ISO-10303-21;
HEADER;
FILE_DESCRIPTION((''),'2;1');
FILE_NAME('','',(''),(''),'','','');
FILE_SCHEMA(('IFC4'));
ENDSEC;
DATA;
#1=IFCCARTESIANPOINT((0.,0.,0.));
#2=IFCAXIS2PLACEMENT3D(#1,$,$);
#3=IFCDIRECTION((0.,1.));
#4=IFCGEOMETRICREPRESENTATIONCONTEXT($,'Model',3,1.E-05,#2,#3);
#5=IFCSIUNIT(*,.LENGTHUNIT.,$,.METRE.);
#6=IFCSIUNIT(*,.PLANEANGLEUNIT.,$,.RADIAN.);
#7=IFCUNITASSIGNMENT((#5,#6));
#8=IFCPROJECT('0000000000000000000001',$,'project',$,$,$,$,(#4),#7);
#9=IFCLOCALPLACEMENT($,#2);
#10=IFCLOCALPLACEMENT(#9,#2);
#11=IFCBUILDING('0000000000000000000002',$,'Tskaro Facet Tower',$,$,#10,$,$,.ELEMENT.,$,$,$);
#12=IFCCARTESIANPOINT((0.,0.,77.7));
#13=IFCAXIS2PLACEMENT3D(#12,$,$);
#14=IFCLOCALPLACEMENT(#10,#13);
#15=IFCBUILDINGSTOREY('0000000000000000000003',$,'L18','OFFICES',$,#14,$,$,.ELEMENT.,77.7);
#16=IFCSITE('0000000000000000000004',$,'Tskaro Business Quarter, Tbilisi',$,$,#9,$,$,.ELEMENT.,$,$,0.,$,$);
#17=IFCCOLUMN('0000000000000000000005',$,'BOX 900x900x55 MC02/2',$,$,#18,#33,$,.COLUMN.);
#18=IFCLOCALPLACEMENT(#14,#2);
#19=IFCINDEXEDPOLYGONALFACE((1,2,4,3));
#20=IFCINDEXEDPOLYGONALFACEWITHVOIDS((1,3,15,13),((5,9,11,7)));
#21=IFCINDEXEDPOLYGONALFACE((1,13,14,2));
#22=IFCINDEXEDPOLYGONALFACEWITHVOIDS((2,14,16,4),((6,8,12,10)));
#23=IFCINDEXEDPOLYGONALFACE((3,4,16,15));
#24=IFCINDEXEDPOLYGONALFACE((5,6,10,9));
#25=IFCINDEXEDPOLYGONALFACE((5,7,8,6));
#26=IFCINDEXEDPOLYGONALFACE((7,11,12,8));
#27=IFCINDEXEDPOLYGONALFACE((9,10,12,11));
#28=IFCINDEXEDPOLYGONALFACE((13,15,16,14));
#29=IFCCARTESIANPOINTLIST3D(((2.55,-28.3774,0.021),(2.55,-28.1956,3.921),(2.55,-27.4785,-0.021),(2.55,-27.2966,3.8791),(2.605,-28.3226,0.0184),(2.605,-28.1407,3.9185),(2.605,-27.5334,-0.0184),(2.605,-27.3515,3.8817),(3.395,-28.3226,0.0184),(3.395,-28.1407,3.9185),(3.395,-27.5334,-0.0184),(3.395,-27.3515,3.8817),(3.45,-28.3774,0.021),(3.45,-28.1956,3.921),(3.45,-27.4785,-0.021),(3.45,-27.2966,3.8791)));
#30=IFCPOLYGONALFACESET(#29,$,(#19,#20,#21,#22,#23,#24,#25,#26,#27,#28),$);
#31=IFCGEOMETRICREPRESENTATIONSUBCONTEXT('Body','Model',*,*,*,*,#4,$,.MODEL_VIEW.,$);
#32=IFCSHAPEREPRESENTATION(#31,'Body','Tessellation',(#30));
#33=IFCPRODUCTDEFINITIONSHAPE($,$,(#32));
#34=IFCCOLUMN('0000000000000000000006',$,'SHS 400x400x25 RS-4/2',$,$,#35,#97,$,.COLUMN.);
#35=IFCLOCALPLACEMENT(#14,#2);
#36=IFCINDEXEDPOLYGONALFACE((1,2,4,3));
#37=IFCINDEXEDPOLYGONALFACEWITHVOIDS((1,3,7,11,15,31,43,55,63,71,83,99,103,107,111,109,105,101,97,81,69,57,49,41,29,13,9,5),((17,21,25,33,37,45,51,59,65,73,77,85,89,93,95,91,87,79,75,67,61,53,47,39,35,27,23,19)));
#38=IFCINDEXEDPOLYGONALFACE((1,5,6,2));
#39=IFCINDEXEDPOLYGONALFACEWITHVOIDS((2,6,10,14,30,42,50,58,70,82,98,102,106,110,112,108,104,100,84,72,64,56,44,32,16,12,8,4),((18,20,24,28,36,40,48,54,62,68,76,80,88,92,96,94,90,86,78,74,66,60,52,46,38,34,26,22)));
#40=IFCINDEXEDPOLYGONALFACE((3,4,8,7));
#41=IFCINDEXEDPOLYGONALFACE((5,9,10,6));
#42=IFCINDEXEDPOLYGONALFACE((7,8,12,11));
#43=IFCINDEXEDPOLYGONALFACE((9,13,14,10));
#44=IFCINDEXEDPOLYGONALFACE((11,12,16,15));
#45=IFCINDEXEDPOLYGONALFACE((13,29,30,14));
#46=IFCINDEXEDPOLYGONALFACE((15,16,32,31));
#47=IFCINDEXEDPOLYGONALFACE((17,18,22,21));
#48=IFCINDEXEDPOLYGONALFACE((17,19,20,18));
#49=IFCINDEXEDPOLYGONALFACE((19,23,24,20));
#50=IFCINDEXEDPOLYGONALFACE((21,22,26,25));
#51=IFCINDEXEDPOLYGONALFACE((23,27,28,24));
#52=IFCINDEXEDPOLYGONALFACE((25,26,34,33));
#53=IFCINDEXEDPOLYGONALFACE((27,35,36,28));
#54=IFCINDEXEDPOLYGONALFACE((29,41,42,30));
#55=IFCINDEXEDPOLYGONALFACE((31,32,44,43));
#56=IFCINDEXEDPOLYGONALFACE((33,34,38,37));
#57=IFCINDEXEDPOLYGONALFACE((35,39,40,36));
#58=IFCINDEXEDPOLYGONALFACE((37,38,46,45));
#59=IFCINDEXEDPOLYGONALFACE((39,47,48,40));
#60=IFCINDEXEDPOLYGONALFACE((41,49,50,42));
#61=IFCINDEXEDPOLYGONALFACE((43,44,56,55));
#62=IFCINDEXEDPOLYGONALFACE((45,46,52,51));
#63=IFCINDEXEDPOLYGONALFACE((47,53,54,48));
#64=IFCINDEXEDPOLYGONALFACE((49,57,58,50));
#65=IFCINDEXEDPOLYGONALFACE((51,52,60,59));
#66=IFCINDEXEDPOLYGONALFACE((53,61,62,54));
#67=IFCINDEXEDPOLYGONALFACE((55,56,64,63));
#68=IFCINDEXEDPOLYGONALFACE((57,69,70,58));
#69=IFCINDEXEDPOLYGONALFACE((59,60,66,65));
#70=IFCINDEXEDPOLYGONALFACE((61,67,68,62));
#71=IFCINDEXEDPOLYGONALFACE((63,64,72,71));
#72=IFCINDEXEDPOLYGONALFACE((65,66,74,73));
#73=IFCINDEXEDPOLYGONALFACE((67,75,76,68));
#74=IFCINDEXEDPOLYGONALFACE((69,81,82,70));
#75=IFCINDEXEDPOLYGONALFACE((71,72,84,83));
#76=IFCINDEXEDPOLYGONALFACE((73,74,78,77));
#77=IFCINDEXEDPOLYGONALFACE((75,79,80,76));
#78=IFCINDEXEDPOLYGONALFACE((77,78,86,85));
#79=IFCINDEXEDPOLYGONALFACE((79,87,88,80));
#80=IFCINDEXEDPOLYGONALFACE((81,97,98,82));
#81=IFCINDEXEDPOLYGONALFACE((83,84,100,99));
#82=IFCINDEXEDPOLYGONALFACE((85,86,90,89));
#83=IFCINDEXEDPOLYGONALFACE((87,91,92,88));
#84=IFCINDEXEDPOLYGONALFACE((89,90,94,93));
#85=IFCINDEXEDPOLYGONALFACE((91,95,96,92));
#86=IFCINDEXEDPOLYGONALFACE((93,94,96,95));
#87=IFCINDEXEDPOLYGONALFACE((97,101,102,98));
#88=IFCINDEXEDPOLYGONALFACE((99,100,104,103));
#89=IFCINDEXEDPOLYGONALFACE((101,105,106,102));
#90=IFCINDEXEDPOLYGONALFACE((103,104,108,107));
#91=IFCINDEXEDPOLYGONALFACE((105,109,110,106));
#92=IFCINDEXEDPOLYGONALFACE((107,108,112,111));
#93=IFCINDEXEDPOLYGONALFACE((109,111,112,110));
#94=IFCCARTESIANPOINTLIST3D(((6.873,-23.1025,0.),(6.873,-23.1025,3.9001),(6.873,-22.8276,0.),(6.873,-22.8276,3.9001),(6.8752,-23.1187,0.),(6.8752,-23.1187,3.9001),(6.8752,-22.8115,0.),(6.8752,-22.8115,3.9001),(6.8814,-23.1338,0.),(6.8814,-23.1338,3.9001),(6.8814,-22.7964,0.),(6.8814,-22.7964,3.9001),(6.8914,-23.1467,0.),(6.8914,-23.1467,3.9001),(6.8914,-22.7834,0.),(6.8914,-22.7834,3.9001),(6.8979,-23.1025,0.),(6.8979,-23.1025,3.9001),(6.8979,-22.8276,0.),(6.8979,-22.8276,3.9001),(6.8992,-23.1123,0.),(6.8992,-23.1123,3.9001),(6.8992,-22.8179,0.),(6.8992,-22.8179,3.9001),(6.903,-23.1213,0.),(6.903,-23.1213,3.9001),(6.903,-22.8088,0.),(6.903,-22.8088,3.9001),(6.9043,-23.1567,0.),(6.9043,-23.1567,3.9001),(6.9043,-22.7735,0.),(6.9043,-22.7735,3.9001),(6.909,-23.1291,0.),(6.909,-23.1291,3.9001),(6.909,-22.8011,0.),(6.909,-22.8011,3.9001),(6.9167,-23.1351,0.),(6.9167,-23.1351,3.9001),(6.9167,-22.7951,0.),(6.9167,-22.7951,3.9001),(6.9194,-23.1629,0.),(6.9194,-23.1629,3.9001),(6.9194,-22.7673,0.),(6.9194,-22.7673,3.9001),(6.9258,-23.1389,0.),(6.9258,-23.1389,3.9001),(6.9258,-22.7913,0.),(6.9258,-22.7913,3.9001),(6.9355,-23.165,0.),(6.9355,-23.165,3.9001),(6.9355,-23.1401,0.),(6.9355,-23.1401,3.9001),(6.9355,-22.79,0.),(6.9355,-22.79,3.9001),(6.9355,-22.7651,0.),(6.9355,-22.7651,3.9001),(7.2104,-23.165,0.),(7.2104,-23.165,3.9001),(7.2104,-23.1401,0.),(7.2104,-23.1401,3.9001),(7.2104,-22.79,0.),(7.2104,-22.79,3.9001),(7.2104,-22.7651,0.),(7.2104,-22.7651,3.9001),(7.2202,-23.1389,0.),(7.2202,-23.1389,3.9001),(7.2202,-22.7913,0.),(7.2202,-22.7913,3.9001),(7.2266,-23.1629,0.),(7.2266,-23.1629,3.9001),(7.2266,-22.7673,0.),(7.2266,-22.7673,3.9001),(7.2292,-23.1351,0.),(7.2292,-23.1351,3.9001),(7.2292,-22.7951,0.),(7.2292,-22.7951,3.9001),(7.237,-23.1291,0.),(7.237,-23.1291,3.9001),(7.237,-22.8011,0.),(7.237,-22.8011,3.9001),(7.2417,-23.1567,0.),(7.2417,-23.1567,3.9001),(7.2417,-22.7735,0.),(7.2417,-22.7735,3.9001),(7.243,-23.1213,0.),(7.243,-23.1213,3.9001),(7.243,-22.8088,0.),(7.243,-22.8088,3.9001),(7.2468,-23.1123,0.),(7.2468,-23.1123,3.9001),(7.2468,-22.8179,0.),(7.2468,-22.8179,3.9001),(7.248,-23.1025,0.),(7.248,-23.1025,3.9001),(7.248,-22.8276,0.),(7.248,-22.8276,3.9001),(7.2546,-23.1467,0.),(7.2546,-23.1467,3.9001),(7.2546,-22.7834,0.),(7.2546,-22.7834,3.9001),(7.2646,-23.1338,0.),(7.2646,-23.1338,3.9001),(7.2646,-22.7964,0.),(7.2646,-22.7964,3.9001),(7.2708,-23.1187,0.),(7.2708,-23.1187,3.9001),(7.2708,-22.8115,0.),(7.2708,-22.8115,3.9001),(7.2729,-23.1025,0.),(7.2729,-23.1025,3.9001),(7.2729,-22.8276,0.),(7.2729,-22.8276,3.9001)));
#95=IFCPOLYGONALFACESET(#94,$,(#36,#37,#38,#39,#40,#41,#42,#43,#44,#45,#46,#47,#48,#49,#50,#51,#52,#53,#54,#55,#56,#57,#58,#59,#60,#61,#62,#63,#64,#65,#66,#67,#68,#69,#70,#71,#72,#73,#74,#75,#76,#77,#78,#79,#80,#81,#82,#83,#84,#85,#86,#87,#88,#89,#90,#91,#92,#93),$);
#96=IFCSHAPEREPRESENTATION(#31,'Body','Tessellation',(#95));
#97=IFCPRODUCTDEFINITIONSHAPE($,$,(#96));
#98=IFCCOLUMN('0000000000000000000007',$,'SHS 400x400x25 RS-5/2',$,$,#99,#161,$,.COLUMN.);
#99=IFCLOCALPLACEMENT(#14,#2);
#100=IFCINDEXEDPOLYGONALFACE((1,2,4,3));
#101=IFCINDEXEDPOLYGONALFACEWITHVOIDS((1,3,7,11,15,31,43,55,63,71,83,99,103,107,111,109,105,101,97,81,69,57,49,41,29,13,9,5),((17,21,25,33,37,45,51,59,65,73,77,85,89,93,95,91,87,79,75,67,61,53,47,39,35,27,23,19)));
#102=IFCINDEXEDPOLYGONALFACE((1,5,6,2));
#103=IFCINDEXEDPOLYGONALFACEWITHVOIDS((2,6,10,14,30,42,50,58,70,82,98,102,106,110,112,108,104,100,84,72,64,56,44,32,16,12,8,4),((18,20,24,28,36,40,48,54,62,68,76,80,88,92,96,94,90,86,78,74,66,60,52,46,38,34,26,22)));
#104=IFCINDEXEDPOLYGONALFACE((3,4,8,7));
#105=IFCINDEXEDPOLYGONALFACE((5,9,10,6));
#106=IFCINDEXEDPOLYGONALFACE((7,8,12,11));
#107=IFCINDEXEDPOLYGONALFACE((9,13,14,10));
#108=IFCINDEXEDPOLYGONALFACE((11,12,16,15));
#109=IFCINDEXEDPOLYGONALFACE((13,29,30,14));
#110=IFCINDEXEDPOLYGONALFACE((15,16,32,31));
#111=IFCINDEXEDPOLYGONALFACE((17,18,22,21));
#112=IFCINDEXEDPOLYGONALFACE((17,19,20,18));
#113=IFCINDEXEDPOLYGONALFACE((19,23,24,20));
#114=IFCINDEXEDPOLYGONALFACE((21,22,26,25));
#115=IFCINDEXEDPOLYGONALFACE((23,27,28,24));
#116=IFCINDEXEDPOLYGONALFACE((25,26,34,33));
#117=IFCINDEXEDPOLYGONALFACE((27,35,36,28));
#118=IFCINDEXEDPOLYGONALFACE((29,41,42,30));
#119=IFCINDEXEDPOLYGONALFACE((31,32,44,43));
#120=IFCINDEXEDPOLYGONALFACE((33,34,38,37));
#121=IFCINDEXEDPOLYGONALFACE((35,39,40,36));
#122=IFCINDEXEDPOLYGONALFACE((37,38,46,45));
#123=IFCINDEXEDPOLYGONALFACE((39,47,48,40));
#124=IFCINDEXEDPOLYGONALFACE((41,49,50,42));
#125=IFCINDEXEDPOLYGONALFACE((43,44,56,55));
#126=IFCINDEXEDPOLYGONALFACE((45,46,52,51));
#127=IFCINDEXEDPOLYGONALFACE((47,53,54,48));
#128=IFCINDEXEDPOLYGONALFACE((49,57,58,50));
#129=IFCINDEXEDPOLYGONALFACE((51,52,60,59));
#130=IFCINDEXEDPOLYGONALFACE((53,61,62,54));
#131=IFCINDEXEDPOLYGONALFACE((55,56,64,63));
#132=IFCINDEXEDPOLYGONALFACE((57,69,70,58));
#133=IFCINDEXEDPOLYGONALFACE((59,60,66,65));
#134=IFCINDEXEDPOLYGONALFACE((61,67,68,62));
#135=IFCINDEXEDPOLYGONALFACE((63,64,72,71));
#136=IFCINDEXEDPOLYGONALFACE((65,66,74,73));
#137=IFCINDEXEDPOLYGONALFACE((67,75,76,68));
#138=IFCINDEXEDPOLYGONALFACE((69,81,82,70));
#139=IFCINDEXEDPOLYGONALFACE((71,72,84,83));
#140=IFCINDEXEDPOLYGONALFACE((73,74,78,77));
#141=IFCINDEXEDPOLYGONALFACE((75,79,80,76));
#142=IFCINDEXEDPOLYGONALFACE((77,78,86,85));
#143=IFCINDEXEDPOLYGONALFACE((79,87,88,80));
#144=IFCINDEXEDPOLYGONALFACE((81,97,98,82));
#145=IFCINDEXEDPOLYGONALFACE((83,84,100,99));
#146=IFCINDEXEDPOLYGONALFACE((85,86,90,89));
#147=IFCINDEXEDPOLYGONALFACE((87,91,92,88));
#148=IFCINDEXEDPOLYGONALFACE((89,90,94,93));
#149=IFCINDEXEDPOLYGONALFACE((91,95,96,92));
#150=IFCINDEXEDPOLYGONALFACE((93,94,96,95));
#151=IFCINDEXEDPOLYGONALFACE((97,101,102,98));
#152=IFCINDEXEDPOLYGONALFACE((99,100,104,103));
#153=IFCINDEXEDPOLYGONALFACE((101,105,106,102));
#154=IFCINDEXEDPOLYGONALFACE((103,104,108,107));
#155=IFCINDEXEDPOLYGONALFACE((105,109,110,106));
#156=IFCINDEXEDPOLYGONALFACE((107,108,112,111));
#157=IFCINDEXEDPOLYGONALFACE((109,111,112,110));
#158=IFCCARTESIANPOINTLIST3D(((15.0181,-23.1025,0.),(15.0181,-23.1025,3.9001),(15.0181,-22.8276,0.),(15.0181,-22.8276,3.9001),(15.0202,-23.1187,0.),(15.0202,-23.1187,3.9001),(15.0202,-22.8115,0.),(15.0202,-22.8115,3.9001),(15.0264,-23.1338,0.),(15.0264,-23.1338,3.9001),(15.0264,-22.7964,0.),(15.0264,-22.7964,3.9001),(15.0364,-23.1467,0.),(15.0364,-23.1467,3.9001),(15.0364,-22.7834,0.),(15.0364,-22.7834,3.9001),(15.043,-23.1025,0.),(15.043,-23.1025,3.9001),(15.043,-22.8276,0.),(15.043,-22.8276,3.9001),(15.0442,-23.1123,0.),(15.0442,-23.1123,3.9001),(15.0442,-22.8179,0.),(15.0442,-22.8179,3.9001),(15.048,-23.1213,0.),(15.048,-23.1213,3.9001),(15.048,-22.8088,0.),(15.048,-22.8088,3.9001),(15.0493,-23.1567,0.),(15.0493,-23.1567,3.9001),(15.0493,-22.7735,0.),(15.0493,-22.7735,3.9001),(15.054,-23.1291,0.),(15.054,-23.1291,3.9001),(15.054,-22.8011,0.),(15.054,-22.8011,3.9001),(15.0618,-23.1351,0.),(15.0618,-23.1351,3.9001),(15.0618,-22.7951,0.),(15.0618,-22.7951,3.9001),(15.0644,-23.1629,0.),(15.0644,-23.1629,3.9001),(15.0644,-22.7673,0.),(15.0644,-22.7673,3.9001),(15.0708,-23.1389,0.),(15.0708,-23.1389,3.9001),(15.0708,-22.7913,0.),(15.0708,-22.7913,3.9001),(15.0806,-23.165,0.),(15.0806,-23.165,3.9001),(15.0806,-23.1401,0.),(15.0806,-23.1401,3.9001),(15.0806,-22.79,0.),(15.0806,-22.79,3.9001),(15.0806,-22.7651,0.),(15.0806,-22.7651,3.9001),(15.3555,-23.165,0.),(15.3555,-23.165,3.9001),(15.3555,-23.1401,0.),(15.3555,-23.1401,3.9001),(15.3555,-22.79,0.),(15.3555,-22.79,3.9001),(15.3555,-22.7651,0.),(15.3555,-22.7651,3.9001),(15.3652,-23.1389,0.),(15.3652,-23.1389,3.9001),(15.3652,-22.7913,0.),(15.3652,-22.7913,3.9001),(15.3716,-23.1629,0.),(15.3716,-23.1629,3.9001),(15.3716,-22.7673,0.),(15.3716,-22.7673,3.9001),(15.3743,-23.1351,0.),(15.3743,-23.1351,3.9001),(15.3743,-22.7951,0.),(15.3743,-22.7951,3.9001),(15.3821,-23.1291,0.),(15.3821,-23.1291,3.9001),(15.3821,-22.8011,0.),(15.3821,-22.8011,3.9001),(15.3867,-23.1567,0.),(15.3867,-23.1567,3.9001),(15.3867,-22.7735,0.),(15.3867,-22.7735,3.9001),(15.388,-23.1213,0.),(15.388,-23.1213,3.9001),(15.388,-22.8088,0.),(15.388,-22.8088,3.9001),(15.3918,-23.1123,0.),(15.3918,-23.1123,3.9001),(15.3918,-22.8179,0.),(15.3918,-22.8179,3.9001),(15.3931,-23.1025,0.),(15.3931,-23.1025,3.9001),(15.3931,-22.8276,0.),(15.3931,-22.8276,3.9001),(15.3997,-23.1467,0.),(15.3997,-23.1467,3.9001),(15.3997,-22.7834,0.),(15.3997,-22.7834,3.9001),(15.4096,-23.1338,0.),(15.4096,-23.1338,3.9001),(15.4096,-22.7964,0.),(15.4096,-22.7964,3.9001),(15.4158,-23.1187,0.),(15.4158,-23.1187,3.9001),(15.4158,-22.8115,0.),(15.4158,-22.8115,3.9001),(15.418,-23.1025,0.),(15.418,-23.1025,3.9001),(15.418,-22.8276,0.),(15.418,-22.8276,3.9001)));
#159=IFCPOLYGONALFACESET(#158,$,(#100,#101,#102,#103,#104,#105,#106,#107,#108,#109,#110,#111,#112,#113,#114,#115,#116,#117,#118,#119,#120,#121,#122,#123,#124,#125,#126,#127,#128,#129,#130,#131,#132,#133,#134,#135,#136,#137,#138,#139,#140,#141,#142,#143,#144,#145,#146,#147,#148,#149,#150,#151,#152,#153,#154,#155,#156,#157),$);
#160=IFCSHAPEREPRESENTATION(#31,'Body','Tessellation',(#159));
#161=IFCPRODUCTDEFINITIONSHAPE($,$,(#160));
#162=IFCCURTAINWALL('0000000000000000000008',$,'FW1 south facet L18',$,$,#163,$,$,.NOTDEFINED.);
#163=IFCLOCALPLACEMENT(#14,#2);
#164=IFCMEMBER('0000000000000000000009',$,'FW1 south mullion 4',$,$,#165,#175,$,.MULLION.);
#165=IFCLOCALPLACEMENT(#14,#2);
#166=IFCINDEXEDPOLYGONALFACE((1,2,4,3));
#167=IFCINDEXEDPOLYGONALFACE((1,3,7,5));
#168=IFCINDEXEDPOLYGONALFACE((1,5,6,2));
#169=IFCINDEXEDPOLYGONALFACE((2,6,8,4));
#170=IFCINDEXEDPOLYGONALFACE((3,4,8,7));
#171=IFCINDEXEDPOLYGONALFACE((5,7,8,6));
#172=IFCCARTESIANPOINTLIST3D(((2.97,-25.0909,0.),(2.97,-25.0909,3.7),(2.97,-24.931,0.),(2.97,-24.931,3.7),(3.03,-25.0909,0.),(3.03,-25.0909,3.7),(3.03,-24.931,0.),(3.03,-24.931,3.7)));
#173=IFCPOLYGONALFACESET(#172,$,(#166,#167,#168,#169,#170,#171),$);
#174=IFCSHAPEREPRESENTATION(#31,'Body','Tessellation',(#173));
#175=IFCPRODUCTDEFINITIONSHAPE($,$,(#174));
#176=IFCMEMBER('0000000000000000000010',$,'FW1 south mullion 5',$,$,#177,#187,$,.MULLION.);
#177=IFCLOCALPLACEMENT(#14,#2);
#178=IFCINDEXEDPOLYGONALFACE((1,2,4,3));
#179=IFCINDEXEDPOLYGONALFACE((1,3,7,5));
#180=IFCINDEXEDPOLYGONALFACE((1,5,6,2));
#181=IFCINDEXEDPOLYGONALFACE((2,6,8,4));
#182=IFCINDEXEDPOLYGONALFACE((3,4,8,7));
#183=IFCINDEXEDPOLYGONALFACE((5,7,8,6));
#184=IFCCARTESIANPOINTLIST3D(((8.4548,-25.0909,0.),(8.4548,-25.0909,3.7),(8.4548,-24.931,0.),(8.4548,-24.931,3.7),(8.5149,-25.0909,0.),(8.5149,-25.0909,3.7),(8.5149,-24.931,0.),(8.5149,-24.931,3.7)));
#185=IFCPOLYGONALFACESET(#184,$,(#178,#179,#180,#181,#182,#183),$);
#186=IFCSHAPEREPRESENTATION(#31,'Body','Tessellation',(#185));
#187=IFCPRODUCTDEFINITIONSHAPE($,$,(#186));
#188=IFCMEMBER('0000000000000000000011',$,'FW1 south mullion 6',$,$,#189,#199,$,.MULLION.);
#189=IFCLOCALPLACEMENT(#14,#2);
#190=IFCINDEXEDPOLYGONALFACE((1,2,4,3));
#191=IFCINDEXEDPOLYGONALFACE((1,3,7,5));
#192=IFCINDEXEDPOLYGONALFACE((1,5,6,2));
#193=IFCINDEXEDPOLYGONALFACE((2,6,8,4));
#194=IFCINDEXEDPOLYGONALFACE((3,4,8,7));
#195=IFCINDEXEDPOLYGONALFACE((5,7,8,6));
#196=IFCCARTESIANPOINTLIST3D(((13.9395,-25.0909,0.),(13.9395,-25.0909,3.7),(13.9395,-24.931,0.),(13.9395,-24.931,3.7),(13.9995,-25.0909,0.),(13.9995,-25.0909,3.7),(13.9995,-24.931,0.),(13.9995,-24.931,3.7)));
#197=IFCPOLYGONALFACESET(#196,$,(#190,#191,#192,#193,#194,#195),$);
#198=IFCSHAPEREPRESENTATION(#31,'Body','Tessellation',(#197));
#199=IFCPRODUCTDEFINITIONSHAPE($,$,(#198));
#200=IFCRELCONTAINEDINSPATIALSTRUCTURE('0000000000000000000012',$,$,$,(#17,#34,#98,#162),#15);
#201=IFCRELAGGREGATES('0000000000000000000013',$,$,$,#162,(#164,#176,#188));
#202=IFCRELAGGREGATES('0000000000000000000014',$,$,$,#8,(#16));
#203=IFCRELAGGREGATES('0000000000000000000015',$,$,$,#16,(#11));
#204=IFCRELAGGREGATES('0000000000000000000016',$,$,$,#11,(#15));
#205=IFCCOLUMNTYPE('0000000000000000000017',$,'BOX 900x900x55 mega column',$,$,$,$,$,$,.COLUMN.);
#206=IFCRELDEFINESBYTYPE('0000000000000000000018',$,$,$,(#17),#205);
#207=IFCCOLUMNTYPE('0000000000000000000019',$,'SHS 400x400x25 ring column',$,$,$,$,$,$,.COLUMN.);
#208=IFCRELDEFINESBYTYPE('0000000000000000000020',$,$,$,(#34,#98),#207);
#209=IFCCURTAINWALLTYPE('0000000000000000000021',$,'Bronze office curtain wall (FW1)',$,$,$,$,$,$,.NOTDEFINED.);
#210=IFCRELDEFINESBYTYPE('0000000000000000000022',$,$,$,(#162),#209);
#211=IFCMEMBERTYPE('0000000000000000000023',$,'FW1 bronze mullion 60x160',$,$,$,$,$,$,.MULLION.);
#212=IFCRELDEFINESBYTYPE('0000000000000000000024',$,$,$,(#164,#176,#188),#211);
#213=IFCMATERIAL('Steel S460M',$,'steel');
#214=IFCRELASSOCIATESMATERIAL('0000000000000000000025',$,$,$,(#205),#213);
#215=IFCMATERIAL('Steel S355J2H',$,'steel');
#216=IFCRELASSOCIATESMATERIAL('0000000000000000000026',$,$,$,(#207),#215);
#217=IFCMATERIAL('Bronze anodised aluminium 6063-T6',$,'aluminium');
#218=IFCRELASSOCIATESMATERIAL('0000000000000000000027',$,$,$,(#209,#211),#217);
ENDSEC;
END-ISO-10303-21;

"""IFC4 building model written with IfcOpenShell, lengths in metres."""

from ifc_helpers import new_model, si_unit, direction, frame, origin, origin_2d, place, context, subcontext, project, spatial, rectangle, hollow_rectangle, extrude, material, material_profile, profile_set, type_object, element, aggregate, save


model = new_model("IFC4")

# Units and contexts
model_context = context("Model", 3, precision=1e-05, world=origin(), true_north=direction((0.0, 1.0)))
body_context = subcontext(model_context, "Body", "Model", "MODEL_VIEW")
ifc_project = project(units=[si_unit("LENGTHUNIT", "METRE"), si_unit("PLANEANGLEUNIT", "RADIAN")], contexts=[model_context])

# Site, building, storey
site_placement = place(None, origin())
site = spatial("IfcSite", under=ifc_project, at=site_placement, Name="Tskaro Business Quarter, Tbilisi", CompositionType="ELEMENT", RefElevation=0.0)
building_placement = place(site_placement, origin())
building = spatial("IfcBuilding", under=site, at=building_placement, Name="Tskaro Facet Tower", CompositionType="ELEMENT")
storey_placement = place(building_placement, frame((0.0, 0.0, 77.7)))
storey = spatial("IfcBuildingStorey", under=building, at=storey_placement, Name="L18", Description="OFFICES", CompositionType="ELEMENT", Elevation=77.7)

# Columns
ifc_material_1 = material(Name="Steel S460M", Category="steel")
ifc_material_profile_1 = material_profile(ifc_material_1, hollow_rectangle(XDim=0.8999, YDim=0.8999, WallThickness=0.0549, at=origin_2d()), Name="BOX 900x900x55")
ifc_profile_set_1 = profile_set([ifc_material_profile_1], Name="Steel S460M")
column_type_1 = type_object("IfcColumnType", Name="BOX 900x900x55 mega column", PredefinedType="COLUMN", material=ifc_profile_set_1)
column_placement = place(storey_placement, frame((3.0, -27.928, 0.0), z_axis=(0.0, 0.046585, 0.998914), x_axis=(-1.0, 0.0, 0.0)))
element("IfcColumn", 1, at=column_placement, inside=storey, type_object=column_type_1, Name="BOX 900x900x55 MC02/2", PredefinedType="COLUMN", context=body_context, shape_type="SweptSolid", body=[
    extrude(hollow_rectangle(XDim=0.8999, YDim=0.8999, WallThickness=0.0549, at=origin_2d()), origin(), (0.0, 0.0, 1.0), 3.9043),
])
ifc_material_2 = material(Name="Steel S355J2H", Category="steel")
ifc_material_profile_2 = material_profile(ifc_material_2, hollow_rectangle(XDim=0.3999, YDim=0.3999, WallThickness=0.0249, InnerFilletRadius=0.0376, OuterFilletRadius=0.0625, at=origin_2d()), Name="SHS 400x400x25")
ifc_profile_set_2 = profile_set([ifc_material_profile_2], Name="Steel S355J2H")
column_type_2 = type_object("IfcColumnType", Name="SHS 400x400x25 ring column", PredefinedType="COLUMN", material=ifc_profile_set_2)
for number, where, z_axis, x_axis, name in (
    (2, (7.073, -22.9651, 0.0), (0.0, 0.0, 1.0), (1.0, 0.0, 0.0), "SHS 400x400x25 RS-4/2"),
    (3, (15.218, -22.9651, 0.0), (0.0, 0.0, 1.0), (1.0, 0.0, 0.0), "SHS 400x400x25 RS-5/2"),
):
    element("IfcColumn", number, at=place(storey_placement, frame(where, z_axis=z_axis, x_axis=x_axis)), inside=storey, type_object=column_type_2, Name=name, PredefinedType="COLUMN", context=body_context, shape_type="SweptSolid", body=[
        extrude(hollow_rectangle(XDim=0.3999, YDim=0.3999, WallThickness=0.0249, InnerFilletRadius=0.0376, OuterFilletRadius=0.0625, at=origin_2d()), origin(), (0.0, 0.0, 1.0), 3.9001),
    ])

# Curtain wall, members
ifc_material_3 = material(Name="Bronze anodised aluminium 6063-T6", Category="aluminium")
curtain_wall_type = type_object("IfcCurtainWallType", Name="Bronze office curtain wall (FW1)", PredefinedType="NOTDEFINED", material=ifc_material_3)
curtain_wall_placement = place(storey_placement, origin())
curtain_wall = element("IfcCurtainWall", 4, at=curtain_wall_placement, inside=storey, type_object=curtain_wall_type, Name="FW1 south facet L18", PredefinedType="NOTDEFINED")
ifc_material_profile_3 = material_profile(ifc_material_3, rectangle(XDim=0.0601, YDim=0.1599, at=origin_2d()), Name="Mullion 60x160")
ifc_profile_set_3 = profile_set([ifc_material_profile_3], Name="Bronze anodised aluminium 6063-T6")
member_type_1 = type_object("IfcMemberType", Name="FW1 bronze mullion 60x160", PredefinedType="MULLION", material=ifc_profile_set_3)
member_1_placement = place(storey_placement, frame((3.0, -25.011, 0.0), z_axis=(0.0, 0.0, 1.0), x_axis=(1.0, 0.0, 0.0)))
member_1 = element("IfcMember", 5, at=member_1_placement, type_object=member_type_1, Name="FW1 south mullion 4", PredefinedType="MULLION", context=body_context, shape_type="SweptSolid", body=[
    extrude(rectangle(XDim=0.0601, YDim=0.1599, at=origin_2d()), origin(), (0.0, 0.0, 1.0), 3.7),
])
member_2_placement = place(storey_placement, frame((8.4849, -25.011, 0.0), z_axis=(0.0, 0.0, 1.0), x_axis=(1.0, 0.0, 0.0)))
member_2 = element("IfcMember", 6, at=member_2_placement, type_object=member_type_1, Name="FW1 south mullion 5", PredefinedType="MULLION", context=body_context, shape_type="SweptSolid", body=[
    extrude(rectangle(XDim=0.0601, YDim=0.1599, at=origin_2d()), origin(), (0.0, 0.0, 1.0), 3.7),
])
member_3_placement = place(storey_placement, frame((13.9695, -25.011, 0.0), z_axis=(0.0, 0.0, 1.0), x_axis=(1.0, 0.0, 0.0)))
member_3 = element("IfcMember", 7, at=member_3_placement, type_object=member_type_1, Name="FW1 south mullion 6", PredefinedType="MULLION", context=body_context, shape_type="SweptSolid", body=[
    extrude(rectangle(XDim=0.0601, YDim=0.1599, at=origin_2d()), origin(), (0.0, 0.0, 1.0), 3.7),
])

aggregate(curtain_wall, [member_1, member_2, member_3])

save(model, "model.ifc")
